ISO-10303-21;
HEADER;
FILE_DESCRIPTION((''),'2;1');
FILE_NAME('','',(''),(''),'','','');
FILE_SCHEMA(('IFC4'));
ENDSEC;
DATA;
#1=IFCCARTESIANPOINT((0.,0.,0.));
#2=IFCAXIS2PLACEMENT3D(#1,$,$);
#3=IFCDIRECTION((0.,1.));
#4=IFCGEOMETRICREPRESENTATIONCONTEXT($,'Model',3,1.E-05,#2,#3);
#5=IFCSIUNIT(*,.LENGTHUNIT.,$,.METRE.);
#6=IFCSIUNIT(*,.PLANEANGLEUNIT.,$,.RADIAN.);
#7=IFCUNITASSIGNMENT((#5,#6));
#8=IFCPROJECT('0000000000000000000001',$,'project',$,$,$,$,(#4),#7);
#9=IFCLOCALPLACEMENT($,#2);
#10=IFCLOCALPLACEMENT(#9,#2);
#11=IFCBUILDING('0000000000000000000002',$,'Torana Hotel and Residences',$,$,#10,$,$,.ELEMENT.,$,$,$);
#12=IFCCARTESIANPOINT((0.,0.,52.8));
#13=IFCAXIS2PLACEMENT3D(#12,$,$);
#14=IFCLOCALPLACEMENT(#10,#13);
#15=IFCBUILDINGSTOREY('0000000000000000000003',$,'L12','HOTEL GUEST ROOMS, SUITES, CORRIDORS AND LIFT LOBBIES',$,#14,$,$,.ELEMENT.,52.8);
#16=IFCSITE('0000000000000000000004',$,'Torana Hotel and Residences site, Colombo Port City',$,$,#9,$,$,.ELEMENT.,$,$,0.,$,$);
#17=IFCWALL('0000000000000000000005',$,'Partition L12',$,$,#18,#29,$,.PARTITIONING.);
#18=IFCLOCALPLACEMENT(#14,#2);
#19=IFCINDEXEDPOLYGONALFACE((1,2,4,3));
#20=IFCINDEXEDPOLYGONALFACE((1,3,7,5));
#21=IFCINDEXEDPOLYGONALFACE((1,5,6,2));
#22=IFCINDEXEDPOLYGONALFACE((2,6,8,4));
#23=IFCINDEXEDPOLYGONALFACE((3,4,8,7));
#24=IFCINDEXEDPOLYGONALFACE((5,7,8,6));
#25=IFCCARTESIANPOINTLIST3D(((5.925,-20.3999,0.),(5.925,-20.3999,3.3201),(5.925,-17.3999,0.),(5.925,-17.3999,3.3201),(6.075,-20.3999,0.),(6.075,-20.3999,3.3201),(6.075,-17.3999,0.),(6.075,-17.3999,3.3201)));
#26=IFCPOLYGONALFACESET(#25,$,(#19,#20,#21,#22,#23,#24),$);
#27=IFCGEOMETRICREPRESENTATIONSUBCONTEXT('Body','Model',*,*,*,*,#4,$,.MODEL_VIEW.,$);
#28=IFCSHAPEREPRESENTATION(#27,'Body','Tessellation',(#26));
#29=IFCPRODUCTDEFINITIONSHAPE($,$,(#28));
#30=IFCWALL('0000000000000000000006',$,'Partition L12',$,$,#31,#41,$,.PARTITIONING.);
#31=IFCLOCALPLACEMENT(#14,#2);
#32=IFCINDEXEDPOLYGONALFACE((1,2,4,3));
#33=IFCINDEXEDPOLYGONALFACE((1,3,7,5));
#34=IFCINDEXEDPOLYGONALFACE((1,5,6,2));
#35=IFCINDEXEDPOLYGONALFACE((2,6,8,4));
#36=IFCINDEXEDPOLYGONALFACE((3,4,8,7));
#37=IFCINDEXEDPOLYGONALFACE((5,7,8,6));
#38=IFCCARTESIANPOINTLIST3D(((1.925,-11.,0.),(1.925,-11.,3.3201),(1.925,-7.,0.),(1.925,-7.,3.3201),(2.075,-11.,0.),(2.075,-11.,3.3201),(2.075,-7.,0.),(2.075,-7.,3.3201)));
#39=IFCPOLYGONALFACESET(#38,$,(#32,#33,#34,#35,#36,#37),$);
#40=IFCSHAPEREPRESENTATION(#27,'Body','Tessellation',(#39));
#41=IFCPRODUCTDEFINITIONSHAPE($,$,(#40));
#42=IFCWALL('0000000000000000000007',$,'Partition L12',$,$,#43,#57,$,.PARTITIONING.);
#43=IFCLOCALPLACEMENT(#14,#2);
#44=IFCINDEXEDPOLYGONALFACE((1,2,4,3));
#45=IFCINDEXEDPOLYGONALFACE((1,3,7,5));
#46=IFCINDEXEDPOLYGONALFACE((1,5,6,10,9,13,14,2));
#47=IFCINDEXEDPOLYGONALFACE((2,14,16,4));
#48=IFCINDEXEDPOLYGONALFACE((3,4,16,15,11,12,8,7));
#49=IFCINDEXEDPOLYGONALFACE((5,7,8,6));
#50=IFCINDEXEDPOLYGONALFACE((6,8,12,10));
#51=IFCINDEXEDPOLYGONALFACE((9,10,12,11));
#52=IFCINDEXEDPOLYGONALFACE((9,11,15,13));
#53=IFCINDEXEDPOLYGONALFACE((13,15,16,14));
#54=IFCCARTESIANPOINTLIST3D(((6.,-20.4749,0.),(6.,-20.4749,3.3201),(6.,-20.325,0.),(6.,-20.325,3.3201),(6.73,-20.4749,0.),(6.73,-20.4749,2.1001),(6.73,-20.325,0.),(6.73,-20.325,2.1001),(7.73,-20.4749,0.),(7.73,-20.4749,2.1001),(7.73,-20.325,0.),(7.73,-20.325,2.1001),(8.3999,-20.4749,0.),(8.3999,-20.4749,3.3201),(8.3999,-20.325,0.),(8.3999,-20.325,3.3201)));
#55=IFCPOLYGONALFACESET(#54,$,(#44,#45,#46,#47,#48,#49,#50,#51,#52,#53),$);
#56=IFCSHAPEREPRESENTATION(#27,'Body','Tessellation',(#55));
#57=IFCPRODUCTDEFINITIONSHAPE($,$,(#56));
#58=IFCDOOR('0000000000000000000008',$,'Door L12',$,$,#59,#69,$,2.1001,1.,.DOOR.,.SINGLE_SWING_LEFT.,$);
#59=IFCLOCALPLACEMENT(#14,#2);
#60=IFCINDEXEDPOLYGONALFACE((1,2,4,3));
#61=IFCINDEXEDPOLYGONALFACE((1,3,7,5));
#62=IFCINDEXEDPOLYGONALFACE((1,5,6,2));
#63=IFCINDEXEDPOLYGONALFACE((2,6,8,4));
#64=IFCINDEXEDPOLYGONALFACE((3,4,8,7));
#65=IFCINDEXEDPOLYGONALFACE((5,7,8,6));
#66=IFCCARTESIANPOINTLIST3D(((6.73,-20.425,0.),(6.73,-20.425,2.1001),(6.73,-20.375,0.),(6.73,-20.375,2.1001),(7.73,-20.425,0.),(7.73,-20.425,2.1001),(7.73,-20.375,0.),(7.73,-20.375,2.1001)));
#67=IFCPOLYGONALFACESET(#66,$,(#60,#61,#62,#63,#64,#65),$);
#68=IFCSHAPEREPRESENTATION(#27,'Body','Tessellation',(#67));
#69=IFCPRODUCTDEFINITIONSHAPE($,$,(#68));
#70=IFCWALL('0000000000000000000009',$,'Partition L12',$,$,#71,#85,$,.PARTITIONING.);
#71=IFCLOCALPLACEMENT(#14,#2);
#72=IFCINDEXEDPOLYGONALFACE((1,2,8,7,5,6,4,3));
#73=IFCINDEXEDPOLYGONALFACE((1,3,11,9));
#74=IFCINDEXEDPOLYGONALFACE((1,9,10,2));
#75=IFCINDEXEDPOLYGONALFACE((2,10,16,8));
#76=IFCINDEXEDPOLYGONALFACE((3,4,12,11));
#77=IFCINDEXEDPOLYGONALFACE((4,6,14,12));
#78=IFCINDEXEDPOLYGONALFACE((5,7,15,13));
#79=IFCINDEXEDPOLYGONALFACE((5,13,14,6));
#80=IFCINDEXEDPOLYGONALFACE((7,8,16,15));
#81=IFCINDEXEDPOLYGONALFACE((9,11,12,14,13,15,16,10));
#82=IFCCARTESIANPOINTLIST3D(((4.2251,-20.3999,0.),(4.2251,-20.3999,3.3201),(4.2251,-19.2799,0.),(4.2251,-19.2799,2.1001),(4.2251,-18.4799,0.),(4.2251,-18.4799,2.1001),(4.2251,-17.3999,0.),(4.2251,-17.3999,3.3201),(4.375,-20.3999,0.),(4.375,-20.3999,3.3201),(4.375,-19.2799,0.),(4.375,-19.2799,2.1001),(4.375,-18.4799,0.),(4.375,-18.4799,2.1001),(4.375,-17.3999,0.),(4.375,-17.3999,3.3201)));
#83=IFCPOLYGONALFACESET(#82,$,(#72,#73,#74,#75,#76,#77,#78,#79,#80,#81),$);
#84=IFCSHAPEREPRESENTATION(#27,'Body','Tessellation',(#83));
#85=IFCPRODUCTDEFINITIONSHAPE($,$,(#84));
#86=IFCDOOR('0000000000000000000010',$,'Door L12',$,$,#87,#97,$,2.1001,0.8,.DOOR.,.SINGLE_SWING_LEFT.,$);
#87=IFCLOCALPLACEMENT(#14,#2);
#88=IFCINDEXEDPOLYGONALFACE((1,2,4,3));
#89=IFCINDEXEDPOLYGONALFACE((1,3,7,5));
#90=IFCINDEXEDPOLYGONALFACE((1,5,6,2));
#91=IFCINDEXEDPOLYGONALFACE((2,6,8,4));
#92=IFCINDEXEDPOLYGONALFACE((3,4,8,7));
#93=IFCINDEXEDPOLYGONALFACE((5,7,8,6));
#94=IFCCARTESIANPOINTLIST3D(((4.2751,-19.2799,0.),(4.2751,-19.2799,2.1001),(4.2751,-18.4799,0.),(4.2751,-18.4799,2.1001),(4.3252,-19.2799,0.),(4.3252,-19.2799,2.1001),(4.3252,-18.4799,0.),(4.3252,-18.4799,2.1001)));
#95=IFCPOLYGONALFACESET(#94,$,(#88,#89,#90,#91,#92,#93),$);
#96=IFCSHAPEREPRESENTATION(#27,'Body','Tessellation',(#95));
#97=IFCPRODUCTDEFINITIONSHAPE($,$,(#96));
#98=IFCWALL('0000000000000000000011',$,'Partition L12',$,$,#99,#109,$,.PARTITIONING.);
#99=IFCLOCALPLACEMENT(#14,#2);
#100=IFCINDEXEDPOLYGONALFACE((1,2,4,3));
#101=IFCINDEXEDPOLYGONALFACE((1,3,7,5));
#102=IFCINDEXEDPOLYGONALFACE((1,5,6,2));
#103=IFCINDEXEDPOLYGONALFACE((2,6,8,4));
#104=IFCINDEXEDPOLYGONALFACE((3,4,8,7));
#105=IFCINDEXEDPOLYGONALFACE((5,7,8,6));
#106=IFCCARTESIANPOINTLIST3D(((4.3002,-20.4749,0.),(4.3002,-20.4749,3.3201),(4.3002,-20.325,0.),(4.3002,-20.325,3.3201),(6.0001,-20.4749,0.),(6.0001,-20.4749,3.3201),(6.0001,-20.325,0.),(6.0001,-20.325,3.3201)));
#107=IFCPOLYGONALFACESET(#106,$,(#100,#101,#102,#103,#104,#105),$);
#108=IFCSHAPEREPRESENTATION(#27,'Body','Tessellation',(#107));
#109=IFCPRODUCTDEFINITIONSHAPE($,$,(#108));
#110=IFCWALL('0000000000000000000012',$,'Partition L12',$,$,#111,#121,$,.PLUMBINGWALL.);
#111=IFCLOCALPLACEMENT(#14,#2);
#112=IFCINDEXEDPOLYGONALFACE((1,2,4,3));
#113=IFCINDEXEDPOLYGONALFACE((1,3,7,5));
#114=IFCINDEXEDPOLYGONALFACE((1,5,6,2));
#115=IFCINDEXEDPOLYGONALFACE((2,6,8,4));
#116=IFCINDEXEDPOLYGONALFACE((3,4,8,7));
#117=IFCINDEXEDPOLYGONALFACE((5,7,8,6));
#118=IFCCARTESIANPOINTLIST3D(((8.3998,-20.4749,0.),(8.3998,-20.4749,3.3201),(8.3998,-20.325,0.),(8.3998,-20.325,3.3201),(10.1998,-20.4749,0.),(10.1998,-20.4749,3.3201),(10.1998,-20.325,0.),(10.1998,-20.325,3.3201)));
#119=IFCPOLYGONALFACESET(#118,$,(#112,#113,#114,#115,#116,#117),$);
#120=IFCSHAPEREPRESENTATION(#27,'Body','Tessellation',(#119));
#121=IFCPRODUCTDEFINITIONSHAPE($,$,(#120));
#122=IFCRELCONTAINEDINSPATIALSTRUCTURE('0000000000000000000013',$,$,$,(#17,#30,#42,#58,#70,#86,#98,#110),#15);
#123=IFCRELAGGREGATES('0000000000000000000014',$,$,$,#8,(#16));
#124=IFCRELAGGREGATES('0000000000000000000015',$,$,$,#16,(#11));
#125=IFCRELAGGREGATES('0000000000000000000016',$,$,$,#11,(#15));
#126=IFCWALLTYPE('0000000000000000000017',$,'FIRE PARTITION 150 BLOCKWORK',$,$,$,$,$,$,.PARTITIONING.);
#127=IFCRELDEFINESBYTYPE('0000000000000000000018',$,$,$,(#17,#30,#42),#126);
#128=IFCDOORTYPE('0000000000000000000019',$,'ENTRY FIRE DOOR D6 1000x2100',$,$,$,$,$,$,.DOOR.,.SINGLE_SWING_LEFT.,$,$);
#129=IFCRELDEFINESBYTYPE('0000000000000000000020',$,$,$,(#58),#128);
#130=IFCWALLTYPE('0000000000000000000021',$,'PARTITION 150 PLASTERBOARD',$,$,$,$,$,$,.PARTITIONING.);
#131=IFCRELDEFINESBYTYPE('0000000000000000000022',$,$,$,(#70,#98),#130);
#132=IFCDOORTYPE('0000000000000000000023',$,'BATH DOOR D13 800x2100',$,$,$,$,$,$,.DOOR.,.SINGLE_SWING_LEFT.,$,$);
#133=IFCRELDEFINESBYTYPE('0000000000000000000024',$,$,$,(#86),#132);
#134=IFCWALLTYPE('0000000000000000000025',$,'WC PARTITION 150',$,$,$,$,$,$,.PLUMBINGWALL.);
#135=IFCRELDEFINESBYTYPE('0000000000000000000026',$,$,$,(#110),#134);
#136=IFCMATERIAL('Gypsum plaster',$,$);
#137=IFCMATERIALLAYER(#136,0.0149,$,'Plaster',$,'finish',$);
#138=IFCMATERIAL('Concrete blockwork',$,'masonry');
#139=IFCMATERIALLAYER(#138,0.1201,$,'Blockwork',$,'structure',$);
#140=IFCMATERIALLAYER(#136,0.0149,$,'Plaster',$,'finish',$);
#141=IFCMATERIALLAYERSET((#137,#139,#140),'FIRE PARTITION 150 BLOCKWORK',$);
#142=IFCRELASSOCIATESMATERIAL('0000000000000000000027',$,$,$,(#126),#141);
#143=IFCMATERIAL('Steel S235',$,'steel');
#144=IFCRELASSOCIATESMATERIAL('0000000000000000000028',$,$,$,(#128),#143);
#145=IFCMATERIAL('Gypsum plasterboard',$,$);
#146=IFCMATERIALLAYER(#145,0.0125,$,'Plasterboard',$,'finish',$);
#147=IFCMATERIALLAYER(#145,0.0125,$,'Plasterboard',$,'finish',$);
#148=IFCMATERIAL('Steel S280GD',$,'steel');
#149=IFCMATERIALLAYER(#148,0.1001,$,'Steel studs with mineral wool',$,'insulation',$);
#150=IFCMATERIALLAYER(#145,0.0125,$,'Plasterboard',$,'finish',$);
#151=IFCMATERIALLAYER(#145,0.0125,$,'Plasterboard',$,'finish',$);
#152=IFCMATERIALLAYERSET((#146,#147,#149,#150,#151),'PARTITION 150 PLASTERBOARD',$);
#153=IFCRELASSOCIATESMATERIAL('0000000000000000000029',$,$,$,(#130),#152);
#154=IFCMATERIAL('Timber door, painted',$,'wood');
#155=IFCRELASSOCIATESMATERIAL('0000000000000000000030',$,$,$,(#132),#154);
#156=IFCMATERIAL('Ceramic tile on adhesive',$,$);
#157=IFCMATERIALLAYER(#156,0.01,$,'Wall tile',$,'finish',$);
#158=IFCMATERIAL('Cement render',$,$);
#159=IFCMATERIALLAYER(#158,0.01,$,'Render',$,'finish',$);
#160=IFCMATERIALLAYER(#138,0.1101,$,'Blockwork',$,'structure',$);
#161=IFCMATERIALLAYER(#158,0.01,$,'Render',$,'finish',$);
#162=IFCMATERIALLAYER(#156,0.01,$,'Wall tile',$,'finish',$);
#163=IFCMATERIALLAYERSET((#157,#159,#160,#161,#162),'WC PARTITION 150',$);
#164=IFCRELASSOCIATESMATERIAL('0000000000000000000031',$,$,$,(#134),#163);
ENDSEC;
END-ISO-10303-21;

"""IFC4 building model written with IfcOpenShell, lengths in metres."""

from ifc_helpers import new_model, si_unit, direction, frame, frame_2d, origin, place, context, subcontext, project, spatial, rectangle, extrude, material, layer, layer_set, type_object, element, fill, save


model = new_model("IFC4")

# Units and contexts
model_context = context("Model", 3, precision=1e-05, world=origin(), true_north=direction((0.0, 1.0)))
body_context = subcontext(model_context, "Body", "Model", "MODEL_VIEW")
ifc_project = project(units=[si_unit("LENGTHUNIT", "METRE"), si_unit("PLANEANGLEUNIT", "RADIAN")], contexts=[model_context])

# Site, building, storey
site_placement = place(None, origin())
site = spatial("IfcSite", under=ifc_project, at=site_placement, Name="Torana Hotel and Residences site, Colombo Port City", CompositionType="ELEMENT", RefElevation=0.0)
building_placement = place(site_placement, origin())
building = spatial("IfcBuilding", under=site, at=building_placement, Name="Torana Hotel and Residences", CompositionType="ELEMENT")
storey_placement = place(building_placement, frame((0.0, 0.0, 52.8)))
storey = spatial("IfcBuildingStorey", under=building, at=storey_placement, Name="L12", Description="HOTEL GUEST ROOMS, SUITES, CORRIDORS AND LIFT LOBBIES", CompositionType="ELEMENT", Elevation=52.8)

# Shared definitions
ifc_material_1 = material(Name="Gypsum plaster")
ifc_layer_1 = layer(ifc_material_1, 0.0149, Name="Plaster", Category="finish")
ifc_material_2 = material(Name="Concrete blockwork", Category="masonry")
ifc_layer_2 = layer(ifc_material_2, 0.1201, Name="Blockwork", Category="structure")
ifc_layer_3 = layer(ifc_material_1, 0.0149, Name="Plaster", Category="finish")
ifc_layer_set_1 = layer_set([ifc_layer_1, ifc_layer_2, ifc_layer_3], Name="FIRE PARTITION 150 BLOCKWORK")
wall_type_1 = type_object("IfcWallType", Name="FIRE PARTITION 150 BLOCKWORK", PredefinedType="PARTITIONING", material=ifc_layer_set_1)
ifc_material_3 = material(Name="Steel S235", Category="steel")
door_type_1 = type_object("IfcDoorType", Name="ENTRY FIRE DOOR D6 1000x2100", OperationType="SINGLE_SWING_LEFT", PredefinedType="DOOR", material=ifc_material_3)

# Walls
wall_1_placement = place(storey_placement, frame((6.0, -20.3999, 0.0), z_axis=(0.0, 0.0, 1.0), x_axis=(0.0, 1.0, 0.0)))
element("IfcWall", 1, at=wall_1_placement, inside=storey, type_object=wall_type_1, Name="Partition L12", PredefinedType="PARTITIONING", context=body_context, shape_type="SweptSolid", body=[
    extrude(rectangle(XDim=3.0, YDim=0.1499, at=frame_2d((1.5, 0.0))), origin(), (0.0, 0.0, 1.0), 3.3201),
])
wall_2_placement = place(storey_placement, frame((2.0, -11.0, 0.0), z_axis=(0.0, 0.0, 1.0), x_axis=(0.0, 1.0, 0.0)))
element("IfcWall", 2, at=wall_2_placement, inside=storey, type_object=wall_type_1, Name="Partition L12", PredefinedType="PARTITIONING", context=body_context, shape_type="SweptSolid", body=[
    extrude(rectangle(XDim=4.0, YDim=0.1499, at=frame_2d((2.0, 0.0))), origin(), (0.0, 0.0, 1.0), 3.3201),
])

# Walls, openings, doors
wall_3_placement = place(storey_placement, frame((6.0, -20.3999, 0.0), z_axis=(0.0, 0.0, 1.0), x_axis=(1.0, 0.0, 0.0)))
wall_3 = element("IfcWall", 3, at=wall_3_placement, inside=storey, type_object=wall_type_1, Name="Partition L12", PredefinedType="PARTITIONING", context=body_context, shape_type="SweptSolid", body=[
    extrude(rectangle(XDim=2.3999, YDim=0.1499, at=frame_2d((1.2, 0.0))), origin(), (0.0, 0.0, 1.0), 3.3201),
])
opening_1_placement = place(wall_3_placement, frame((0.73, 0.0, 0.0)))
opening_1 = element("IfcOpeningElement", 4, at=opening_1_placement, cuts=wall_3, PredefinedType="OPENING", context=body_context, shape_type="SweptSolid", body=[
    extrude(rectangle(XDim=1.0, YDim=2.1001, at=frame_2d((0.5, 1.05))), frame((0.0, 0.085, 0.0), z_axis=(0.0, -1.0, 0.0), x_axis=(1.0, 0.0, 0.0)), (0.0, 0.0, 1.0), 0.1699),
])
door_1_placement = place(opening_1_placement, frame((0.5, 0.0, 0.0), z_axis=(0.0, 0.0, 1.0), x_axis=(-1.0, 0.0, 0.0)))
door_1 = element("IfcDoor", 5, at=door_1_placement, inside=storey, type_object=door_type_1, Name="Door L12", OperationType="SINGLE_SWING_LEFT", OverallHeight=2.1001, OverallWidth=1.0, PredefinedType="DOOR", context=body_context, shape_type="SweptSolid", body=[
    extrude(rectangle(XDim=1.0, YDim=2.1001, at=frame_2d((0.0, 1.05))), frame((0.0, -0.0249, 0.0), z_axis=(0.0, 1.0, 0.0), x_axis=(-1.0, 0.0, 0.0)), (0.0, 0.0, 1.0), 0.05),
])
fill(opening_1, door_1)
ifc_material_4 = material(Name="Gypsum plasterboard")
ifc_layer_4 = layer(ifc_material_4, 0.0125, Name="Plasterboard", Category="finish")
ifc_layer_5 = layer(ifc_material_4, 0.0125, Name="Plasterboard", Category="finish")
ifc_material_5 = material(Name="Steel S280GD", Category="steel")
ifc_layer_6 = layer(ifc_material_5, 0.1001, Name="Steel studs with mineral wool", Category="insulation")
ifc_layer_7 = layer(ifc_material_4, 0.0125, Name="Plasterboard", Category="finish")
ifc_layer_8 = layer(ifc_material_4, 0.0125, Name="Plasterboard", Category="finish")
ifc_layer_set_2 = layer_set([ifc_layer_4, ifc_layer_5, ifc_layer_6, ifc_layer_7, ifc_layer_8], Name="PARTITION 150 PLASTERBOARD")
wall_type_2 = type_object("IfcWallType", Name="PARTITION 150 PLASTERBOARD", PredefinedType="PARTITIONING", material=ifc_layer_set_2)
wall_4_placement = place(storey_placement, frame((4.3, -20.3999, 0.0), z_axis=(0.0, 0.0, 1.0), x_axis=(0.0, 1.0, 0.0)))
wall_4 = element("IfcWall", 6, at=wall_4_placement, inside=storey, type_object=wall_type_2, Name="Partition L12", PredefinedType="PARTITIONING", context=body_context, shape_type="SweptSolid", body=[
    extrude(rectangle(XDim=3.0, YDim=0.1499, at=frame_2d((1.5, 0.0))), origin(), (0.0, 0.0, 1.0), 3.3201),
])
opening_2_placement = place(wall_4_placement, frame((1.1201, 0.0, 0.0)))
opening_2 = element("IfcOpeningElement", 7, at=opening_2_placement, cuts=wall_4, PredefinedType="OPENING", context=body_context, shape_type="SweptSolid", body=[
    extrude(rectangle(XDim=0.8, YDim=2.1001, at=frame_2d((0.3999, 1.05))), frame((0.0, 0.085, 0.0), z_axis=(0.0, -1.0, 0.0), x_axis=(1.0, 0.0, 0.0)), (0.0, 0.0, 1.0), 0.1699),
])
ifc_material_6 = material(Name="Timber door, painted", Category="wood")
door_type_2 = type_object("IfcDoorType", Name="BATH DOOR D13 800x2100", OperationType="SINGLE_SWING_LEFT", PredefinedType="DOOR", material=ifc_material_6)
door_2_placement = place(opening_2_placement, origin())
door_2 = element("IfcDoor", 8, at=door_2_placement, inside=storey, type_object=door_type_2, Name="Door L12", OperationType="SINGLE_SWING_LEFT", OverallHeight=2.1001, OverallWidth=0.8, PredefinedType="DOOR", context=body_context, shape_type="SweptSolid", body=[
    extrude(rectangle(XDim=0.8, YDim=2.1001, at=frame_2d((0.3999, 1.05))), frame((0.0, 0.0249, 0.0), z_axis=(0.0, -1.0, 0.0), x_axis=(1.0, 0.0, 0.0)), (0.0, 0.0, 1.0), 0.05),
])
fill(opening_2, door_2)

# Walls
wall_5_placement = place(storey_placement, frame((4.3, -20.3999, 0.0), z_axis=(0.0, 0.0, 1.0), x_axis=(1.0, 0.0, 0.0)))
element("IfcWall", 9, at=wall_5_placement, inside=storey, type_object=wall_type_2, Name="Partition L12", PredefinedType="PARTITIONING", context=body_context, shape_type="SweptSolid", body=[
    extrude(rectangle(XDim=1.7, YDim=0.1499, at=frame_2d((0.8501, 0.0))), origin(), (0.0, 0.0, 1.0), 3.3201),
])
ifc_material_7 = material(Name="Ceramic tile on adhesive")
ifc_layer_9 = layer(ifc_material_7, 0.01, Name="Wall tile", Category="finish")
ifc_material_8 = material(Name="Cement render")
ifc_layer_10 = layer(ifc_material_8, 0.01, Name="Render", Category="finish")
ifc_layer_11 = layer(ifc_material_2, 0.1101, Name="Blockwork", Category="structure")
ifc_layer_12 = layer(ifc_material_8, 0.01, Name="Render", Category="finish")
ifc_layer_13 = layer(ifc_material_7, 0.01, Name="Wall tile", Category="finish")
ifc_layer_set_3 = layer_set([ifc_layer_9, ifc_layer_10, ifc_layer_11, ifc_layer_12, ifc_layer_13], Name="WC PARTITION 150")
wall_type_3 = type_object("IfcWallType", Name="WC PARTITION 150", PredefinedType="PLUMBINGWALL", material=ifc_layer_set_3)
wall_6_placement = place(storey_placement, frame((8.3999, -20.3999, 0.0), z_axis=(0.0, 0.0, 1.0), x_axis=(1.0, 0.0, 0.0)))
element("IfcWall", 10, at=wall_6_placement, inside=storey, type_object=wall_type_3, Name="Partition L12", PredefinedType="PLUMBINGWALL", context=body_context, shape_type="SweptSolid", body=[
    extrude(rectangle(XDim=1.8, YDim=0.1499, at=frame_2d((0.8999, 0.0))), origin(), (0.0, 0.0, 1.0), 3.3201),
])

save(model, "model.ifc")
